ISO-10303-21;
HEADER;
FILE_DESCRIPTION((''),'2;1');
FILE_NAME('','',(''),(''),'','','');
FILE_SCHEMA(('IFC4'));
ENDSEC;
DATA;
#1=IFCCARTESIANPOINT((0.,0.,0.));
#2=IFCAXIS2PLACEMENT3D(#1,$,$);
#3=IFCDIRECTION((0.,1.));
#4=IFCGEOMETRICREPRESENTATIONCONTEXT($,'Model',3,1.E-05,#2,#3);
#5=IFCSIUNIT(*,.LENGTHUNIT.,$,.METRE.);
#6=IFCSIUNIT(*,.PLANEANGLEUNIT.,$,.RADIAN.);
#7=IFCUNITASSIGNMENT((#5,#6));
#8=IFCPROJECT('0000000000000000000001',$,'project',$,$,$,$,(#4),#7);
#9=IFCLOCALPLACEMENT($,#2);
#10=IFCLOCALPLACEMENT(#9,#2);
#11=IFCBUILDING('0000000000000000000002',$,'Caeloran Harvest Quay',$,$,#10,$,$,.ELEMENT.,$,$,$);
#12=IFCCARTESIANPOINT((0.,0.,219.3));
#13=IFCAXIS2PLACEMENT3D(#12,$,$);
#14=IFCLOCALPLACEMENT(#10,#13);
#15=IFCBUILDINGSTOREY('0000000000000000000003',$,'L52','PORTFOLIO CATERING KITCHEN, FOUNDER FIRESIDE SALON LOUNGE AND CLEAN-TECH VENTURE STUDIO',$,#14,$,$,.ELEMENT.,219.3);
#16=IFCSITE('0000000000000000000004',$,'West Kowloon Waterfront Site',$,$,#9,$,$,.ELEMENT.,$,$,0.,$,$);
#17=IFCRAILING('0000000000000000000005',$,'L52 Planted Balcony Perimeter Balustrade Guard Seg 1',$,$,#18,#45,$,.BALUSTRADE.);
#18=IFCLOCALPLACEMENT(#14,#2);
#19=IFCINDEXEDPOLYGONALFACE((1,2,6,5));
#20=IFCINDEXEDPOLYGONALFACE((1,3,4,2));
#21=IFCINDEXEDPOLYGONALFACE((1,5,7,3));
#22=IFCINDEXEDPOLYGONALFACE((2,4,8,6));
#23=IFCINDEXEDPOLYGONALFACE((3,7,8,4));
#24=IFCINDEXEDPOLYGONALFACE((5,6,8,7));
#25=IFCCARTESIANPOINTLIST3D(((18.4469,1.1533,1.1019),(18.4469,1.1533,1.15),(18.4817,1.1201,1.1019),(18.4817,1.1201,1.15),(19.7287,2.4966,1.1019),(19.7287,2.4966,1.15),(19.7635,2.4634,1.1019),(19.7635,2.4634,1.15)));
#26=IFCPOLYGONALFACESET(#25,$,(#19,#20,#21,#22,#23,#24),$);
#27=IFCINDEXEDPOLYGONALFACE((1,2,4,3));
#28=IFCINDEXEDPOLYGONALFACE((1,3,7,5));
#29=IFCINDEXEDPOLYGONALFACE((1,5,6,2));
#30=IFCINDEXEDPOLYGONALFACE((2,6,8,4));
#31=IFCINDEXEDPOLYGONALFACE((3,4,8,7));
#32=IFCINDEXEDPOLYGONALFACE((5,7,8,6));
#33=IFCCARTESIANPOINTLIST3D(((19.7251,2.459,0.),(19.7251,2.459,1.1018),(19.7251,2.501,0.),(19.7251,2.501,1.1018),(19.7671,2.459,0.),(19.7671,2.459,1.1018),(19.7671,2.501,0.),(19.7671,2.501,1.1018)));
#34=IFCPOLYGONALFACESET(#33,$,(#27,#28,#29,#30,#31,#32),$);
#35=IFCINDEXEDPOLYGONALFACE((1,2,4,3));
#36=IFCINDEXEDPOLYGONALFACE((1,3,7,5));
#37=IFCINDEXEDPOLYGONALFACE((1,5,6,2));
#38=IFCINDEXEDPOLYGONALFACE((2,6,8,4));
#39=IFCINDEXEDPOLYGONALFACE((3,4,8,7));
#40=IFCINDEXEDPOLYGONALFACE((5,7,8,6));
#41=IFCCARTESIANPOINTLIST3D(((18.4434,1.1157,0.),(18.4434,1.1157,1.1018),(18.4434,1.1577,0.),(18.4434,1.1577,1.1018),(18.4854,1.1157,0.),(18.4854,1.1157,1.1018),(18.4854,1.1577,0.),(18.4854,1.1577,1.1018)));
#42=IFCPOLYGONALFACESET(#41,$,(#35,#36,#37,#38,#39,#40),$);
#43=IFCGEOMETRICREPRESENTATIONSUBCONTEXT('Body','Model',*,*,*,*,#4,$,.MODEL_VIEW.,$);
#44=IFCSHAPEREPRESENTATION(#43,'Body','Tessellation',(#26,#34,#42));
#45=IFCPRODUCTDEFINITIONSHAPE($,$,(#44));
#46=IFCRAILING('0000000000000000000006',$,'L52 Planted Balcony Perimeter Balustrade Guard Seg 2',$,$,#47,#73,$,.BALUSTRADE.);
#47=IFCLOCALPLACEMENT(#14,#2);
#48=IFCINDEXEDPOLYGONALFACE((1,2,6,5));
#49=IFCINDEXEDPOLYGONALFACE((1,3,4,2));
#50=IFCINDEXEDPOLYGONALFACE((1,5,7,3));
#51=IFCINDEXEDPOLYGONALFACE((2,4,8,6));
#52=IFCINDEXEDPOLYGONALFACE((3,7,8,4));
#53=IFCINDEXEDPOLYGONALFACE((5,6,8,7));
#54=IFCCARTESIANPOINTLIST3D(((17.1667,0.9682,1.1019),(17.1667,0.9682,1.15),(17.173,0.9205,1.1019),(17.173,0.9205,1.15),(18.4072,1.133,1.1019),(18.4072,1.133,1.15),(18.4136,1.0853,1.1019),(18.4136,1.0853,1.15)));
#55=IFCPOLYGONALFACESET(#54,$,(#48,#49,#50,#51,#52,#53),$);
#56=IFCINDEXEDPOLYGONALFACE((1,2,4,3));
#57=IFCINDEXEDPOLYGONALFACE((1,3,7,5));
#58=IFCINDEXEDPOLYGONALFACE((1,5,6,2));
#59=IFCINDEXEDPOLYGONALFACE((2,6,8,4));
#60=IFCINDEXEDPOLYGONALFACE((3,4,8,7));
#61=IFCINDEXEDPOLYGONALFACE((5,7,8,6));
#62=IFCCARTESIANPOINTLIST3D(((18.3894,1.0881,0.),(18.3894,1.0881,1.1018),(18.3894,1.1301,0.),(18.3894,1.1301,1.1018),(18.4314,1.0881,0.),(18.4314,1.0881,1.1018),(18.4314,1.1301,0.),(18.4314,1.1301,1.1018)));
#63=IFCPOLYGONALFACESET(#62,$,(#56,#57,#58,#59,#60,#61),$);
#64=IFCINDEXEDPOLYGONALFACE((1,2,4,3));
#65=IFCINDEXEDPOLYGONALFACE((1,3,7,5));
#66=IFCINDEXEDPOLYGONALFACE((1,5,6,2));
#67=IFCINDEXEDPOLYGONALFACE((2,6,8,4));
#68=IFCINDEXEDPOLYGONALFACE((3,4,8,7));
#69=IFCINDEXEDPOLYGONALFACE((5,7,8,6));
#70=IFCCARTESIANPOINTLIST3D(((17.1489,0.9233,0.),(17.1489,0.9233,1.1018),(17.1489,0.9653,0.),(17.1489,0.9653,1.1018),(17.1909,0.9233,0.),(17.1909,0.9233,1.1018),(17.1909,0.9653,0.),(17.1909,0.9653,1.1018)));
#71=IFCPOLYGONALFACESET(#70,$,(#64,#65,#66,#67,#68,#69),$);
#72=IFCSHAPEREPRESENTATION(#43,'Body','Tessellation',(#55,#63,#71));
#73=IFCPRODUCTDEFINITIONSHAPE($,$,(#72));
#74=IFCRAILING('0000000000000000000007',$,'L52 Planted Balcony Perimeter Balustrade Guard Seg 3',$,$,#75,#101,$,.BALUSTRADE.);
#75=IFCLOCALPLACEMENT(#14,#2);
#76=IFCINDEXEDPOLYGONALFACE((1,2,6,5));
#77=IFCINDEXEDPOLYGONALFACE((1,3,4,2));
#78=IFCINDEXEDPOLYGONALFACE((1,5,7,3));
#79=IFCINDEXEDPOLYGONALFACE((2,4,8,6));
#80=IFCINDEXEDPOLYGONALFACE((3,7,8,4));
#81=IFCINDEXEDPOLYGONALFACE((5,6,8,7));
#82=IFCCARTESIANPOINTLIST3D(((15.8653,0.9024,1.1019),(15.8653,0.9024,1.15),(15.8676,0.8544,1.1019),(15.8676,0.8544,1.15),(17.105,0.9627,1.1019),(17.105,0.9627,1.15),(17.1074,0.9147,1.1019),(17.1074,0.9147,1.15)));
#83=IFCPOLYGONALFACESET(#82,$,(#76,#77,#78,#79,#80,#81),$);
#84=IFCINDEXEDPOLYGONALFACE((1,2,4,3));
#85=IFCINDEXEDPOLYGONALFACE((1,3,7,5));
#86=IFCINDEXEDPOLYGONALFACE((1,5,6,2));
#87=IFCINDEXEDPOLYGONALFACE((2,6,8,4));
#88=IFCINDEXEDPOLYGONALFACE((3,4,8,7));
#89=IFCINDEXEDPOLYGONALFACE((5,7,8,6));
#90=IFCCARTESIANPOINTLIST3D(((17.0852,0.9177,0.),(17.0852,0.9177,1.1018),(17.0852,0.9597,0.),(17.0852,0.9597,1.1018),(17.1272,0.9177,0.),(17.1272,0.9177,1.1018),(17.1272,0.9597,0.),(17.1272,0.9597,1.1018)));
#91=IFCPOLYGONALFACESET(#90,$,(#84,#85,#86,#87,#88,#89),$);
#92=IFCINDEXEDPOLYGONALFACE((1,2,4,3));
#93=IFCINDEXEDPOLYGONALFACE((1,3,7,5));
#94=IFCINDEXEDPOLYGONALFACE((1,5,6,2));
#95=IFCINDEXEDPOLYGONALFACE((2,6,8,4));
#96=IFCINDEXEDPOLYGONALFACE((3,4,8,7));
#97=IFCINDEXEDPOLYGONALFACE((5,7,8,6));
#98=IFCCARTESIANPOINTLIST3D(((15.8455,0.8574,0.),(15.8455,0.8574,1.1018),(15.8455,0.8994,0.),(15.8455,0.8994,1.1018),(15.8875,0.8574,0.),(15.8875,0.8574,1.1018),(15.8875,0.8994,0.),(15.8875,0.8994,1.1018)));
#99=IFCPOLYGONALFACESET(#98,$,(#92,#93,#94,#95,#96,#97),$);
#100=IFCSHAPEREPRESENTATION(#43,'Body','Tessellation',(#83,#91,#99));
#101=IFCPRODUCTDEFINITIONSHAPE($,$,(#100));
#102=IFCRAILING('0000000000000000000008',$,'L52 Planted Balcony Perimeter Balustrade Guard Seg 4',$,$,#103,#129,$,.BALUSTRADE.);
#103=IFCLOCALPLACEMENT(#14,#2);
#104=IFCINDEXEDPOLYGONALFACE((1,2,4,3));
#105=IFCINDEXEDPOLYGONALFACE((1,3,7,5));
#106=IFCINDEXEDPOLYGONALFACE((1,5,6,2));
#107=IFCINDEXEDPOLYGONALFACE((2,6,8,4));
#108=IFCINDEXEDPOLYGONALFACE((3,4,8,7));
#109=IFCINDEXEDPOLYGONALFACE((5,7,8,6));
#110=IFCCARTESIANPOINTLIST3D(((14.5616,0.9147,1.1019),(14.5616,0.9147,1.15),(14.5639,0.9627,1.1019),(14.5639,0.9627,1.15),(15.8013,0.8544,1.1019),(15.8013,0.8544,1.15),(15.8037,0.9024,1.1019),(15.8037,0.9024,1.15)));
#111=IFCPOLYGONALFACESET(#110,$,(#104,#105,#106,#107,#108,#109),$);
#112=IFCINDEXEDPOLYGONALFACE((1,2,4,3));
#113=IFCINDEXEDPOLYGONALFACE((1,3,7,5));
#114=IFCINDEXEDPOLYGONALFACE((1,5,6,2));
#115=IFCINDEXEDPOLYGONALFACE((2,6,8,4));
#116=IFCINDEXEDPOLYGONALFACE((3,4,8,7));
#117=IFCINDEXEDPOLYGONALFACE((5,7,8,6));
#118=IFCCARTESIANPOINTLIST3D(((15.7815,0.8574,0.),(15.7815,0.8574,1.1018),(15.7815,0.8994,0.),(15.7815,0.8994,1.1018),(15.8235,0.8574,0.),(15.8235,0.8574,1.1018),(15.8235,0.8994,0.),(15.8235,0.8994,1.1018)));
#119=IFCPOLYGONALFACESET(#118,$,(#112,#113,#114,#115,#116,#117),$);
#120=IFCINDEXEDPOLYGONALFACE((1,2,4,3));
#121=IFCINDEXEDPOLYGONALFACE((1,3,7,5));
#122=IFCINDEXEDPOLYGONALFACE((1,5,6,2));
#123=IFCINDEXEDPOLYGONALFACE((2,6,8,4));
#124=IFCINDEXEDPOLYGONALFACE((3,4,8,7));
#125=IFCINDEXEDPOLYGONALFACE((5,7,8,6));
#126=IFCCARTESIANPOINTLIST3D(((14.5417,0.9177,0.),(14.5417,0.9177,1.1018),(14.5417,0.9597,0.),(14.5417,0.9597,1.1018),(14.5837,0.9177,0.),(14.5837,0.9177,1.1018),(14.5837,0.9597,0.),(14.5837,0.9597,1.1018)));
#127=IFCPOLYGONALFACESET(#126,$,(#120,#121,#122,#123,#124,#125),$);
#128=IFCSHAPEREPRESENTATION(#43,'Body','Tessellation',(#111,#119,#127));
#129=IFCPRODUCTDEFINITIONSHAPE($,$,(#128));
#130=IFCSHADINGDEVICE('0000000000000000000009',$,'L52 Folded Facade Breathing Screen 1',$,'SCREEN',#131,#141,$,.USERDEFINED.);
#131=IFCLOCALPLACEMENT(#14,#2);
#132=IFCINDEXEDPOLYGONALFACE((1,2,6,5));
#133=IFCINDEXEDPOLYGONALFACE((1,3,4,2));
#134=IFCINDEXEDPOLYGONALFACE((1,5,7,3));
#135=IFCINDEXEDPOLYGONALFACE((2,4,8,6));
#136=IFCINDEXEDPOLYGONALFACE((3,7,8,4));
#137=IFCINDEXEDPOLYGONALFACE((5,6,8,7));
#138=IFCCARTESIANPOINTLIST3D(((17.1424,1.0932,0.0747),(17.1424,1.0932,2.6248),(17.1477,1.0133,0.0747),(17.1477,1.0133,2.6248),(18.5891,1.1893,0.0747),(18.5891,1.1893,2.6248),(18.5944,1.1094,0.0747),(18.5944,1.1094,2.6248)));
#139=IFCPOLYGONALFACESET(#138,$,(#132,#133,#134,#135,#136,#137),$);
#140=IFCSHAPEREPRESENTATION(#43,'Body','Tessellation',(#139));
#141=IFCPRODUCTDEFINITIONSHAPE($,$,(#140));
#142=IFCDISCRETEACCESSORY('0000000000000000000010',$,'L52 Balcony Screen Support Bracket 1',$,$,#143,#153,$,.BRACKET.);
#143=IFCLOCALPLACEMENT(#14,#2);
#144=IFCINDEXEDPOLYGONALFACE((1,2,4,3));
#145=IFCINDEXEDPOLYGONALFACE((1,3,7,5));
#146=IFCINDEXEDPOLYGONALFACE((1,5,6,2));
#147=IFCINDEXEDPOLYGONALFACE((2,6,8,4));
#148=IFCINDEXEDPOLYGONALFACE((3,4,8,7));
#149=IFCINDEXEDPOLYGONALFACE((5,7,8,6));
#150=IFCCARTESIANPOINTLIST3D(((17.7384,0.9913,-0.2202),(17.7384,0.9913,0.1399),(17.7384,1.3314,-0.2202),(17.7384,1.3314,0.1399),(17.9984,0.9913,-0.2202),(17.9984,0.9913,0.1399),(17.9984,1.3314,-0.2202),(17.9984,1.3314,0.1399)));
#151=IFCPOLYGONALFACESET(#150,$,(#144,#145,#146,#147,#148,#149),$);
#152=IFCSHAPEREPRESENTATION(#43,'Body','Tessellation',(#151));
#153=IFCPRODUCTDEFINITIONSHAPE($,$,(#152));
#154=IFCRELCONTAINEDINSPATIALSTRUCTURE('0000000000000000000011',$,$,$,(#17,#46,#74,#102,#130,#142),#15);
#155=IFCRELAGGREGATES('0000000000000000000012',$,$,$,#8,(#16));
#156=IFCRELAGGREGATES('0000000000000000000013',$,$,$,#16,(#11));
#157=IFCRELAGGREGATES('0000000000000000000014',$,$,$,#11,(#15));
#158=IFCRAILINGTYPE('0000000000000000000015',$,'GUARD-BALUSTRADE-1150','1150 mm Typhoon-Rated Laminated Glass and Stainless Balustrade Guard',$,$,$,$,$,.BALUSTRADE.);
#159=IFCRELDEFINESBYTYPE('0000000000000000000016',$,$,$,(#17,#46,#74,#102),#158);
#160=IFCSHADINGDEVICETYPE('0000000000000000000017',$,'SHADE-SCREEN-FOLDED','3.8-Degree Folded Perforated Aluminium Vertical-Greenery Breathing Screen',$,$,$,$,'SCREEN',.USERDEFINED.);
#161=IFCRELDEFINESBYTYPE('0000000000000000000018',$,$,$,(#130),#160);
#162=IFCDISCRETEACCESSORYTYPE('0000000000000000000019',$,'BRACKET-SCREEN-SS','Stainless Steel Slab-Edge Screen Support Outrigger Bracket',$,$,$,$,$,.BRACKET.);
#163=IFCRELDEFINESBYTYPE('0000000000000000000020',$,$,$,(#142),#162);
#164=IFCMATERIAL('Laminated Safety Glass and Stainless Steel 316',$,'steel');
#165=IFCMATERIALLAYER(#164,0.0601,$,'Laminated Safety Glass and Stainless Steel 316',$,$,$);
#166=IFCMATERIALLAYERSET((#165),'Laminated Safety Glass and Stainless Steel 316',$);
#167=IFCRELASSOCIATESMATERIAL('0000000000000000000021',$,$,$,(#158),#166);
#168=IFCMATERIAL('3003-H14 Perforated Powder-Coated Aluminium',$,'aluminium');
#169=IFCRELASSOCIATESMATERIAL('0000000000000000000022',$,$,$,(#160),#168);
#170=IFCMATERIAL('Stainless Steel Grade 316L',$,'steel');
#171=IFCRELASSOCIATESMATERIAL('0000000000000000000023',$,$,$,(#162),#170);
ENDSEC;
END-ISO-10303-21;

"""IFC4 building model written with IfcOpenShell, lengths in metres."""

from ifc_helpers import new_model, si_unit, direction, frame, origin, origin_2d, place, context, subcontext, project, spatial, rectangle, extrude, material, layer, layer_set, type_object, element, save


model = new_model("IFC4")

# Units and contexts
model_context = context("Model", 3, precision=1e-05, world=origin(), true_north=direction((0.0, 1.0)))
body_context = subcontext(model_context, "Body", "Model", "MODEL_VIEW")
ifc_project = project(units=[si_unit("LENGTHUNIT", "METRE"), si_unit("PLANEANGLEUNIT", "RADIAN")], contexts=[model_context])

# Site, building, storey
site_placement = place(None, origin())
site = spatial("IfcSite", under=ifc_project, at=site_placement, Name="West Kowloon Waterfront Site", CompositionType="ELEMENT", RefElevation=0.0)
building_placement = place(site_placement, origin())
building = spatial("IfcBuilding", under=site, at=building_placement, Name="Caeloran Harvest Quay", CompositionType="ELEMENT")
storey_placement = place(building_placement, frame((0.0, 0.0, 219.3)))
storey = spatial("IfcBuildingStorey", under=building, at=storey_placement, Name="L52", Description="PORTFOLIO CATERING KITCHEN, FOUNDER FIRESIDE SALON LOUNGE AND CLEAN-TECH VENTURE STUDIO", CompositionType="ELEMENT", Elevation=219.3)

# Railings
ifc_material_1 = material(Name="Laminated Safety Glass and Stainless Steel 316", Category="steel")
ifc_layer_1 = layer(ifc_material_1, 0.0601, Name="Laminated Safety Glass and Stainless Steel 316")
ifc_layer_set_1 = layer_set([ifc_layer_1], Name="Laminated Safety Glass and Stainless Steel 316")
railing_type = type_object("IfcRailingType", Name="GUARD-BALUSTRADE-1150", Description="1150 mm Typhoon-Rated Laminated Glass and Stainless Balustrade Guard", PredefinedType="BALUSTRADE", material=ifc_layer_set_1)
railing_1_placement = place(storey_placement, frame((19.7461, 2.48, 0.0)))
element("IfcRailing", 1, at=railing_1_placement, inside=storey, type_object=railing_type, Name="L52 Planted Balcony Perimeter Balustrade Guard Seg 1", PredefinedType="BALUSTRADE", context=body_context, shape_type="SweptSolid", body=[
    extrude(rectangle(XDim=0.0481, YDim=0.0481, at=origin_2d()), frame((0.0, 0.0, 1.126), z_axis=(-0.690344, -0.723481, 0.0), x_axis=(0.723481, -0.690344, 0.0)), (0.0, 0.0, 1.0), 1.8567),
    extrude(rectangle(XDim=0.042, YDim=0.042, at=origin_2d()), origin(), (0.0, 0.0, 1.0), 1.1018),
    extrude(rectangle(XDim=0.042, YDim=0.042, at=origin_2d()), frame((-1.2817, -1.3433, 0.0)), (0.0, 0.0, 1.0), 1.1018),
])
railing_2_placement = place(storey_placement, frame((18.4104, 1.1091, 0.0)))
element("IfcRailing", 2, at=railing_2_placement, inside=storey, type_object=railing_type, Name="L52 Planted Balcony Perimeter Balustrade Guard Seg 2", PredefinedType="BALUSTRADE", context=body_context, shape_type="SweptSolid", body=[
    extrude(rectangle(XDim=0.0481, YDim=0.0481, at=origin_2d()), frame((0.0, 0.0, 1.126), z_axis=(-0.991291, -0.131691, 0.0), x_axis=(0.131691, -0.991291, 0.0)), (0.0, 0.0, 1.0), 1.2515),
    extrude(rectangle(XDim=0.042, YDim=0.042, at=origin_2d()), origin(), (0.0, 0.0, 1.0), 1.1018),
    extrude(rectangle(XDim=0.042, YDim=0.042, at=origin_2d()), frame((-1.2405, -0.1648, 0.0)), (0.0, 0.0, 1.0), 1.1018),
])
railing_3_placement = place(storey_placement, frame((17.1062, 0.9387, 0.0)))
element("IfcRailing", 3, at=railing_3_placement, inside=storey, type_object=railing_type, Name="L52 Planted Balcony Perimeter Balustrade Guard Seg 3", PredefinedType="BALUSTRADE", context=body_context, shape_type="SweptSolid", body=[
    extrude(rectangle(XDim=0.0481, YDim=0.0481, at=origin_2d()), frame((0.0, 0.0, 1.126), z_axis=(-0.998819, -0.048584, 0.0), x_axis=(0.048584, -0.998819, 0.0)), (0.0, 0.0, 1.0), 1.2412),
    extrude(rectangle(XDim=0.042, YDim=0.042, at=origin_2d()), origin(), (0.0, 0.0, 1.0), 1.1018),
    extrude(rectangle(XDim=0.042, YDim=0.042, at=origin_2d()), frame((-1.2397, -0.0603, 0.0)), (0.0, 0.0, 1.0), 1.1018),
])
railing_4_placement = place(storey_placement, frame((15.8025, 0.8784, 0.0)))
element("IfcRailing", 4, at=railing_4_placement, inside=storey, type_object=railing_type, Name="L52 Planted Balcony Perimeter Balustrade Guard Seg 4", PredefinedType="BALUSTRADE", context=body_context, shape_type="SweptSolid", body=[
    extrude(rectangle(XDim=0.0481, YDim=0.0481, at=origin_2d()), frame((0.0, 0.0, 1.126), z_axis=(-0.998819, 0.048584, 0.0), x_axis=(-0.048584, -0.998819, 0.0)), (0.0, 0.0, 1.0), 1.2412),
    extrude(rectangle(XDim=0.042, YDim=0.042, at=origin_2d()), origin(), (0.0, 0.0, 1.0), 1.1018),
    extrude(rectangle(XDim=0.042, YDim=0.042, at=origin_2d()), frame((-1.2397, 0.0603, 0.0)), (0.0, 0.0, 1.0), 1.1018),
])

# Shading device
ifc_material_2 = material(Name="3003-H14 Perforated Powder-Coated Aluminium", Category="aluminium")
shading_device_type = type_object("IfcShadingDeviceType", Name="SHADE-SCREEN-FOLDED", Description="3.8-Degree Folded Perforated Aluminium Vertical-Greenery Breathing Screen", ElementType="SCREEN", PredefinedType="USERDEFINED", material=ifc_material_2)
shading_device_placement = place(storey_placement, frame((17.8684, 1.1013, 0.0747), z_axis=(0.0, 0.0, 1.0), x_axis=(0.997801, 0.066274, 0.0)))
element("IfcShadingDevice", 5, at=shading_device_placement, inside=storey, type_object=shading_device_type, Name="L52 Folded Facade Breathing Screen 1", ObjectType="SCREEN", PredefinedType="USERDEFINED", context=body_context, shape_type="SweptSolid", body=[
    extrude(rectangle(XDim=1.45, YDim=0.0801, at=origin_2d()), origin(), (0.0, 0.0, 1.0), 2.55),
])

# Discrete accessory
ifc_material_3 = material(Name="Stainless Steel Grade 316L", Category="steel")
discrete_accessory_type = type_object("IfcDiscreteAccessoryType", Name="BRACKET-SCREEN-SS", Description="Stainless Steel Slab-Edge Screen Support Outrigger Bracket", PredefinedType="BRACKET", material=ifc_material_3)
discrete_accessory_placement = place(storey_placement, frame((17.8684, 1.1614, -0.2202), z_axis=(0.0, 0.0, 1.0), x_axis=(1.0, 0.0, 0.0)))
element("IfcDiscreteAccessory", 6, at=discrete_accessory_placement, inside=storey, type_object=discrete_accessory_type, Name="L52 Balcony Screen Support Bracket 1", PredefinedType="BRACKET", context=body_context, shape_type="SweptSolid", body=[
    extrude(rectangle(XDim=0.26, YDim=0.3401, at=origin_2d()), origin(), (0.0, 0.0, 1.0), 0.3601),
])

save(model, "model.ifc")
